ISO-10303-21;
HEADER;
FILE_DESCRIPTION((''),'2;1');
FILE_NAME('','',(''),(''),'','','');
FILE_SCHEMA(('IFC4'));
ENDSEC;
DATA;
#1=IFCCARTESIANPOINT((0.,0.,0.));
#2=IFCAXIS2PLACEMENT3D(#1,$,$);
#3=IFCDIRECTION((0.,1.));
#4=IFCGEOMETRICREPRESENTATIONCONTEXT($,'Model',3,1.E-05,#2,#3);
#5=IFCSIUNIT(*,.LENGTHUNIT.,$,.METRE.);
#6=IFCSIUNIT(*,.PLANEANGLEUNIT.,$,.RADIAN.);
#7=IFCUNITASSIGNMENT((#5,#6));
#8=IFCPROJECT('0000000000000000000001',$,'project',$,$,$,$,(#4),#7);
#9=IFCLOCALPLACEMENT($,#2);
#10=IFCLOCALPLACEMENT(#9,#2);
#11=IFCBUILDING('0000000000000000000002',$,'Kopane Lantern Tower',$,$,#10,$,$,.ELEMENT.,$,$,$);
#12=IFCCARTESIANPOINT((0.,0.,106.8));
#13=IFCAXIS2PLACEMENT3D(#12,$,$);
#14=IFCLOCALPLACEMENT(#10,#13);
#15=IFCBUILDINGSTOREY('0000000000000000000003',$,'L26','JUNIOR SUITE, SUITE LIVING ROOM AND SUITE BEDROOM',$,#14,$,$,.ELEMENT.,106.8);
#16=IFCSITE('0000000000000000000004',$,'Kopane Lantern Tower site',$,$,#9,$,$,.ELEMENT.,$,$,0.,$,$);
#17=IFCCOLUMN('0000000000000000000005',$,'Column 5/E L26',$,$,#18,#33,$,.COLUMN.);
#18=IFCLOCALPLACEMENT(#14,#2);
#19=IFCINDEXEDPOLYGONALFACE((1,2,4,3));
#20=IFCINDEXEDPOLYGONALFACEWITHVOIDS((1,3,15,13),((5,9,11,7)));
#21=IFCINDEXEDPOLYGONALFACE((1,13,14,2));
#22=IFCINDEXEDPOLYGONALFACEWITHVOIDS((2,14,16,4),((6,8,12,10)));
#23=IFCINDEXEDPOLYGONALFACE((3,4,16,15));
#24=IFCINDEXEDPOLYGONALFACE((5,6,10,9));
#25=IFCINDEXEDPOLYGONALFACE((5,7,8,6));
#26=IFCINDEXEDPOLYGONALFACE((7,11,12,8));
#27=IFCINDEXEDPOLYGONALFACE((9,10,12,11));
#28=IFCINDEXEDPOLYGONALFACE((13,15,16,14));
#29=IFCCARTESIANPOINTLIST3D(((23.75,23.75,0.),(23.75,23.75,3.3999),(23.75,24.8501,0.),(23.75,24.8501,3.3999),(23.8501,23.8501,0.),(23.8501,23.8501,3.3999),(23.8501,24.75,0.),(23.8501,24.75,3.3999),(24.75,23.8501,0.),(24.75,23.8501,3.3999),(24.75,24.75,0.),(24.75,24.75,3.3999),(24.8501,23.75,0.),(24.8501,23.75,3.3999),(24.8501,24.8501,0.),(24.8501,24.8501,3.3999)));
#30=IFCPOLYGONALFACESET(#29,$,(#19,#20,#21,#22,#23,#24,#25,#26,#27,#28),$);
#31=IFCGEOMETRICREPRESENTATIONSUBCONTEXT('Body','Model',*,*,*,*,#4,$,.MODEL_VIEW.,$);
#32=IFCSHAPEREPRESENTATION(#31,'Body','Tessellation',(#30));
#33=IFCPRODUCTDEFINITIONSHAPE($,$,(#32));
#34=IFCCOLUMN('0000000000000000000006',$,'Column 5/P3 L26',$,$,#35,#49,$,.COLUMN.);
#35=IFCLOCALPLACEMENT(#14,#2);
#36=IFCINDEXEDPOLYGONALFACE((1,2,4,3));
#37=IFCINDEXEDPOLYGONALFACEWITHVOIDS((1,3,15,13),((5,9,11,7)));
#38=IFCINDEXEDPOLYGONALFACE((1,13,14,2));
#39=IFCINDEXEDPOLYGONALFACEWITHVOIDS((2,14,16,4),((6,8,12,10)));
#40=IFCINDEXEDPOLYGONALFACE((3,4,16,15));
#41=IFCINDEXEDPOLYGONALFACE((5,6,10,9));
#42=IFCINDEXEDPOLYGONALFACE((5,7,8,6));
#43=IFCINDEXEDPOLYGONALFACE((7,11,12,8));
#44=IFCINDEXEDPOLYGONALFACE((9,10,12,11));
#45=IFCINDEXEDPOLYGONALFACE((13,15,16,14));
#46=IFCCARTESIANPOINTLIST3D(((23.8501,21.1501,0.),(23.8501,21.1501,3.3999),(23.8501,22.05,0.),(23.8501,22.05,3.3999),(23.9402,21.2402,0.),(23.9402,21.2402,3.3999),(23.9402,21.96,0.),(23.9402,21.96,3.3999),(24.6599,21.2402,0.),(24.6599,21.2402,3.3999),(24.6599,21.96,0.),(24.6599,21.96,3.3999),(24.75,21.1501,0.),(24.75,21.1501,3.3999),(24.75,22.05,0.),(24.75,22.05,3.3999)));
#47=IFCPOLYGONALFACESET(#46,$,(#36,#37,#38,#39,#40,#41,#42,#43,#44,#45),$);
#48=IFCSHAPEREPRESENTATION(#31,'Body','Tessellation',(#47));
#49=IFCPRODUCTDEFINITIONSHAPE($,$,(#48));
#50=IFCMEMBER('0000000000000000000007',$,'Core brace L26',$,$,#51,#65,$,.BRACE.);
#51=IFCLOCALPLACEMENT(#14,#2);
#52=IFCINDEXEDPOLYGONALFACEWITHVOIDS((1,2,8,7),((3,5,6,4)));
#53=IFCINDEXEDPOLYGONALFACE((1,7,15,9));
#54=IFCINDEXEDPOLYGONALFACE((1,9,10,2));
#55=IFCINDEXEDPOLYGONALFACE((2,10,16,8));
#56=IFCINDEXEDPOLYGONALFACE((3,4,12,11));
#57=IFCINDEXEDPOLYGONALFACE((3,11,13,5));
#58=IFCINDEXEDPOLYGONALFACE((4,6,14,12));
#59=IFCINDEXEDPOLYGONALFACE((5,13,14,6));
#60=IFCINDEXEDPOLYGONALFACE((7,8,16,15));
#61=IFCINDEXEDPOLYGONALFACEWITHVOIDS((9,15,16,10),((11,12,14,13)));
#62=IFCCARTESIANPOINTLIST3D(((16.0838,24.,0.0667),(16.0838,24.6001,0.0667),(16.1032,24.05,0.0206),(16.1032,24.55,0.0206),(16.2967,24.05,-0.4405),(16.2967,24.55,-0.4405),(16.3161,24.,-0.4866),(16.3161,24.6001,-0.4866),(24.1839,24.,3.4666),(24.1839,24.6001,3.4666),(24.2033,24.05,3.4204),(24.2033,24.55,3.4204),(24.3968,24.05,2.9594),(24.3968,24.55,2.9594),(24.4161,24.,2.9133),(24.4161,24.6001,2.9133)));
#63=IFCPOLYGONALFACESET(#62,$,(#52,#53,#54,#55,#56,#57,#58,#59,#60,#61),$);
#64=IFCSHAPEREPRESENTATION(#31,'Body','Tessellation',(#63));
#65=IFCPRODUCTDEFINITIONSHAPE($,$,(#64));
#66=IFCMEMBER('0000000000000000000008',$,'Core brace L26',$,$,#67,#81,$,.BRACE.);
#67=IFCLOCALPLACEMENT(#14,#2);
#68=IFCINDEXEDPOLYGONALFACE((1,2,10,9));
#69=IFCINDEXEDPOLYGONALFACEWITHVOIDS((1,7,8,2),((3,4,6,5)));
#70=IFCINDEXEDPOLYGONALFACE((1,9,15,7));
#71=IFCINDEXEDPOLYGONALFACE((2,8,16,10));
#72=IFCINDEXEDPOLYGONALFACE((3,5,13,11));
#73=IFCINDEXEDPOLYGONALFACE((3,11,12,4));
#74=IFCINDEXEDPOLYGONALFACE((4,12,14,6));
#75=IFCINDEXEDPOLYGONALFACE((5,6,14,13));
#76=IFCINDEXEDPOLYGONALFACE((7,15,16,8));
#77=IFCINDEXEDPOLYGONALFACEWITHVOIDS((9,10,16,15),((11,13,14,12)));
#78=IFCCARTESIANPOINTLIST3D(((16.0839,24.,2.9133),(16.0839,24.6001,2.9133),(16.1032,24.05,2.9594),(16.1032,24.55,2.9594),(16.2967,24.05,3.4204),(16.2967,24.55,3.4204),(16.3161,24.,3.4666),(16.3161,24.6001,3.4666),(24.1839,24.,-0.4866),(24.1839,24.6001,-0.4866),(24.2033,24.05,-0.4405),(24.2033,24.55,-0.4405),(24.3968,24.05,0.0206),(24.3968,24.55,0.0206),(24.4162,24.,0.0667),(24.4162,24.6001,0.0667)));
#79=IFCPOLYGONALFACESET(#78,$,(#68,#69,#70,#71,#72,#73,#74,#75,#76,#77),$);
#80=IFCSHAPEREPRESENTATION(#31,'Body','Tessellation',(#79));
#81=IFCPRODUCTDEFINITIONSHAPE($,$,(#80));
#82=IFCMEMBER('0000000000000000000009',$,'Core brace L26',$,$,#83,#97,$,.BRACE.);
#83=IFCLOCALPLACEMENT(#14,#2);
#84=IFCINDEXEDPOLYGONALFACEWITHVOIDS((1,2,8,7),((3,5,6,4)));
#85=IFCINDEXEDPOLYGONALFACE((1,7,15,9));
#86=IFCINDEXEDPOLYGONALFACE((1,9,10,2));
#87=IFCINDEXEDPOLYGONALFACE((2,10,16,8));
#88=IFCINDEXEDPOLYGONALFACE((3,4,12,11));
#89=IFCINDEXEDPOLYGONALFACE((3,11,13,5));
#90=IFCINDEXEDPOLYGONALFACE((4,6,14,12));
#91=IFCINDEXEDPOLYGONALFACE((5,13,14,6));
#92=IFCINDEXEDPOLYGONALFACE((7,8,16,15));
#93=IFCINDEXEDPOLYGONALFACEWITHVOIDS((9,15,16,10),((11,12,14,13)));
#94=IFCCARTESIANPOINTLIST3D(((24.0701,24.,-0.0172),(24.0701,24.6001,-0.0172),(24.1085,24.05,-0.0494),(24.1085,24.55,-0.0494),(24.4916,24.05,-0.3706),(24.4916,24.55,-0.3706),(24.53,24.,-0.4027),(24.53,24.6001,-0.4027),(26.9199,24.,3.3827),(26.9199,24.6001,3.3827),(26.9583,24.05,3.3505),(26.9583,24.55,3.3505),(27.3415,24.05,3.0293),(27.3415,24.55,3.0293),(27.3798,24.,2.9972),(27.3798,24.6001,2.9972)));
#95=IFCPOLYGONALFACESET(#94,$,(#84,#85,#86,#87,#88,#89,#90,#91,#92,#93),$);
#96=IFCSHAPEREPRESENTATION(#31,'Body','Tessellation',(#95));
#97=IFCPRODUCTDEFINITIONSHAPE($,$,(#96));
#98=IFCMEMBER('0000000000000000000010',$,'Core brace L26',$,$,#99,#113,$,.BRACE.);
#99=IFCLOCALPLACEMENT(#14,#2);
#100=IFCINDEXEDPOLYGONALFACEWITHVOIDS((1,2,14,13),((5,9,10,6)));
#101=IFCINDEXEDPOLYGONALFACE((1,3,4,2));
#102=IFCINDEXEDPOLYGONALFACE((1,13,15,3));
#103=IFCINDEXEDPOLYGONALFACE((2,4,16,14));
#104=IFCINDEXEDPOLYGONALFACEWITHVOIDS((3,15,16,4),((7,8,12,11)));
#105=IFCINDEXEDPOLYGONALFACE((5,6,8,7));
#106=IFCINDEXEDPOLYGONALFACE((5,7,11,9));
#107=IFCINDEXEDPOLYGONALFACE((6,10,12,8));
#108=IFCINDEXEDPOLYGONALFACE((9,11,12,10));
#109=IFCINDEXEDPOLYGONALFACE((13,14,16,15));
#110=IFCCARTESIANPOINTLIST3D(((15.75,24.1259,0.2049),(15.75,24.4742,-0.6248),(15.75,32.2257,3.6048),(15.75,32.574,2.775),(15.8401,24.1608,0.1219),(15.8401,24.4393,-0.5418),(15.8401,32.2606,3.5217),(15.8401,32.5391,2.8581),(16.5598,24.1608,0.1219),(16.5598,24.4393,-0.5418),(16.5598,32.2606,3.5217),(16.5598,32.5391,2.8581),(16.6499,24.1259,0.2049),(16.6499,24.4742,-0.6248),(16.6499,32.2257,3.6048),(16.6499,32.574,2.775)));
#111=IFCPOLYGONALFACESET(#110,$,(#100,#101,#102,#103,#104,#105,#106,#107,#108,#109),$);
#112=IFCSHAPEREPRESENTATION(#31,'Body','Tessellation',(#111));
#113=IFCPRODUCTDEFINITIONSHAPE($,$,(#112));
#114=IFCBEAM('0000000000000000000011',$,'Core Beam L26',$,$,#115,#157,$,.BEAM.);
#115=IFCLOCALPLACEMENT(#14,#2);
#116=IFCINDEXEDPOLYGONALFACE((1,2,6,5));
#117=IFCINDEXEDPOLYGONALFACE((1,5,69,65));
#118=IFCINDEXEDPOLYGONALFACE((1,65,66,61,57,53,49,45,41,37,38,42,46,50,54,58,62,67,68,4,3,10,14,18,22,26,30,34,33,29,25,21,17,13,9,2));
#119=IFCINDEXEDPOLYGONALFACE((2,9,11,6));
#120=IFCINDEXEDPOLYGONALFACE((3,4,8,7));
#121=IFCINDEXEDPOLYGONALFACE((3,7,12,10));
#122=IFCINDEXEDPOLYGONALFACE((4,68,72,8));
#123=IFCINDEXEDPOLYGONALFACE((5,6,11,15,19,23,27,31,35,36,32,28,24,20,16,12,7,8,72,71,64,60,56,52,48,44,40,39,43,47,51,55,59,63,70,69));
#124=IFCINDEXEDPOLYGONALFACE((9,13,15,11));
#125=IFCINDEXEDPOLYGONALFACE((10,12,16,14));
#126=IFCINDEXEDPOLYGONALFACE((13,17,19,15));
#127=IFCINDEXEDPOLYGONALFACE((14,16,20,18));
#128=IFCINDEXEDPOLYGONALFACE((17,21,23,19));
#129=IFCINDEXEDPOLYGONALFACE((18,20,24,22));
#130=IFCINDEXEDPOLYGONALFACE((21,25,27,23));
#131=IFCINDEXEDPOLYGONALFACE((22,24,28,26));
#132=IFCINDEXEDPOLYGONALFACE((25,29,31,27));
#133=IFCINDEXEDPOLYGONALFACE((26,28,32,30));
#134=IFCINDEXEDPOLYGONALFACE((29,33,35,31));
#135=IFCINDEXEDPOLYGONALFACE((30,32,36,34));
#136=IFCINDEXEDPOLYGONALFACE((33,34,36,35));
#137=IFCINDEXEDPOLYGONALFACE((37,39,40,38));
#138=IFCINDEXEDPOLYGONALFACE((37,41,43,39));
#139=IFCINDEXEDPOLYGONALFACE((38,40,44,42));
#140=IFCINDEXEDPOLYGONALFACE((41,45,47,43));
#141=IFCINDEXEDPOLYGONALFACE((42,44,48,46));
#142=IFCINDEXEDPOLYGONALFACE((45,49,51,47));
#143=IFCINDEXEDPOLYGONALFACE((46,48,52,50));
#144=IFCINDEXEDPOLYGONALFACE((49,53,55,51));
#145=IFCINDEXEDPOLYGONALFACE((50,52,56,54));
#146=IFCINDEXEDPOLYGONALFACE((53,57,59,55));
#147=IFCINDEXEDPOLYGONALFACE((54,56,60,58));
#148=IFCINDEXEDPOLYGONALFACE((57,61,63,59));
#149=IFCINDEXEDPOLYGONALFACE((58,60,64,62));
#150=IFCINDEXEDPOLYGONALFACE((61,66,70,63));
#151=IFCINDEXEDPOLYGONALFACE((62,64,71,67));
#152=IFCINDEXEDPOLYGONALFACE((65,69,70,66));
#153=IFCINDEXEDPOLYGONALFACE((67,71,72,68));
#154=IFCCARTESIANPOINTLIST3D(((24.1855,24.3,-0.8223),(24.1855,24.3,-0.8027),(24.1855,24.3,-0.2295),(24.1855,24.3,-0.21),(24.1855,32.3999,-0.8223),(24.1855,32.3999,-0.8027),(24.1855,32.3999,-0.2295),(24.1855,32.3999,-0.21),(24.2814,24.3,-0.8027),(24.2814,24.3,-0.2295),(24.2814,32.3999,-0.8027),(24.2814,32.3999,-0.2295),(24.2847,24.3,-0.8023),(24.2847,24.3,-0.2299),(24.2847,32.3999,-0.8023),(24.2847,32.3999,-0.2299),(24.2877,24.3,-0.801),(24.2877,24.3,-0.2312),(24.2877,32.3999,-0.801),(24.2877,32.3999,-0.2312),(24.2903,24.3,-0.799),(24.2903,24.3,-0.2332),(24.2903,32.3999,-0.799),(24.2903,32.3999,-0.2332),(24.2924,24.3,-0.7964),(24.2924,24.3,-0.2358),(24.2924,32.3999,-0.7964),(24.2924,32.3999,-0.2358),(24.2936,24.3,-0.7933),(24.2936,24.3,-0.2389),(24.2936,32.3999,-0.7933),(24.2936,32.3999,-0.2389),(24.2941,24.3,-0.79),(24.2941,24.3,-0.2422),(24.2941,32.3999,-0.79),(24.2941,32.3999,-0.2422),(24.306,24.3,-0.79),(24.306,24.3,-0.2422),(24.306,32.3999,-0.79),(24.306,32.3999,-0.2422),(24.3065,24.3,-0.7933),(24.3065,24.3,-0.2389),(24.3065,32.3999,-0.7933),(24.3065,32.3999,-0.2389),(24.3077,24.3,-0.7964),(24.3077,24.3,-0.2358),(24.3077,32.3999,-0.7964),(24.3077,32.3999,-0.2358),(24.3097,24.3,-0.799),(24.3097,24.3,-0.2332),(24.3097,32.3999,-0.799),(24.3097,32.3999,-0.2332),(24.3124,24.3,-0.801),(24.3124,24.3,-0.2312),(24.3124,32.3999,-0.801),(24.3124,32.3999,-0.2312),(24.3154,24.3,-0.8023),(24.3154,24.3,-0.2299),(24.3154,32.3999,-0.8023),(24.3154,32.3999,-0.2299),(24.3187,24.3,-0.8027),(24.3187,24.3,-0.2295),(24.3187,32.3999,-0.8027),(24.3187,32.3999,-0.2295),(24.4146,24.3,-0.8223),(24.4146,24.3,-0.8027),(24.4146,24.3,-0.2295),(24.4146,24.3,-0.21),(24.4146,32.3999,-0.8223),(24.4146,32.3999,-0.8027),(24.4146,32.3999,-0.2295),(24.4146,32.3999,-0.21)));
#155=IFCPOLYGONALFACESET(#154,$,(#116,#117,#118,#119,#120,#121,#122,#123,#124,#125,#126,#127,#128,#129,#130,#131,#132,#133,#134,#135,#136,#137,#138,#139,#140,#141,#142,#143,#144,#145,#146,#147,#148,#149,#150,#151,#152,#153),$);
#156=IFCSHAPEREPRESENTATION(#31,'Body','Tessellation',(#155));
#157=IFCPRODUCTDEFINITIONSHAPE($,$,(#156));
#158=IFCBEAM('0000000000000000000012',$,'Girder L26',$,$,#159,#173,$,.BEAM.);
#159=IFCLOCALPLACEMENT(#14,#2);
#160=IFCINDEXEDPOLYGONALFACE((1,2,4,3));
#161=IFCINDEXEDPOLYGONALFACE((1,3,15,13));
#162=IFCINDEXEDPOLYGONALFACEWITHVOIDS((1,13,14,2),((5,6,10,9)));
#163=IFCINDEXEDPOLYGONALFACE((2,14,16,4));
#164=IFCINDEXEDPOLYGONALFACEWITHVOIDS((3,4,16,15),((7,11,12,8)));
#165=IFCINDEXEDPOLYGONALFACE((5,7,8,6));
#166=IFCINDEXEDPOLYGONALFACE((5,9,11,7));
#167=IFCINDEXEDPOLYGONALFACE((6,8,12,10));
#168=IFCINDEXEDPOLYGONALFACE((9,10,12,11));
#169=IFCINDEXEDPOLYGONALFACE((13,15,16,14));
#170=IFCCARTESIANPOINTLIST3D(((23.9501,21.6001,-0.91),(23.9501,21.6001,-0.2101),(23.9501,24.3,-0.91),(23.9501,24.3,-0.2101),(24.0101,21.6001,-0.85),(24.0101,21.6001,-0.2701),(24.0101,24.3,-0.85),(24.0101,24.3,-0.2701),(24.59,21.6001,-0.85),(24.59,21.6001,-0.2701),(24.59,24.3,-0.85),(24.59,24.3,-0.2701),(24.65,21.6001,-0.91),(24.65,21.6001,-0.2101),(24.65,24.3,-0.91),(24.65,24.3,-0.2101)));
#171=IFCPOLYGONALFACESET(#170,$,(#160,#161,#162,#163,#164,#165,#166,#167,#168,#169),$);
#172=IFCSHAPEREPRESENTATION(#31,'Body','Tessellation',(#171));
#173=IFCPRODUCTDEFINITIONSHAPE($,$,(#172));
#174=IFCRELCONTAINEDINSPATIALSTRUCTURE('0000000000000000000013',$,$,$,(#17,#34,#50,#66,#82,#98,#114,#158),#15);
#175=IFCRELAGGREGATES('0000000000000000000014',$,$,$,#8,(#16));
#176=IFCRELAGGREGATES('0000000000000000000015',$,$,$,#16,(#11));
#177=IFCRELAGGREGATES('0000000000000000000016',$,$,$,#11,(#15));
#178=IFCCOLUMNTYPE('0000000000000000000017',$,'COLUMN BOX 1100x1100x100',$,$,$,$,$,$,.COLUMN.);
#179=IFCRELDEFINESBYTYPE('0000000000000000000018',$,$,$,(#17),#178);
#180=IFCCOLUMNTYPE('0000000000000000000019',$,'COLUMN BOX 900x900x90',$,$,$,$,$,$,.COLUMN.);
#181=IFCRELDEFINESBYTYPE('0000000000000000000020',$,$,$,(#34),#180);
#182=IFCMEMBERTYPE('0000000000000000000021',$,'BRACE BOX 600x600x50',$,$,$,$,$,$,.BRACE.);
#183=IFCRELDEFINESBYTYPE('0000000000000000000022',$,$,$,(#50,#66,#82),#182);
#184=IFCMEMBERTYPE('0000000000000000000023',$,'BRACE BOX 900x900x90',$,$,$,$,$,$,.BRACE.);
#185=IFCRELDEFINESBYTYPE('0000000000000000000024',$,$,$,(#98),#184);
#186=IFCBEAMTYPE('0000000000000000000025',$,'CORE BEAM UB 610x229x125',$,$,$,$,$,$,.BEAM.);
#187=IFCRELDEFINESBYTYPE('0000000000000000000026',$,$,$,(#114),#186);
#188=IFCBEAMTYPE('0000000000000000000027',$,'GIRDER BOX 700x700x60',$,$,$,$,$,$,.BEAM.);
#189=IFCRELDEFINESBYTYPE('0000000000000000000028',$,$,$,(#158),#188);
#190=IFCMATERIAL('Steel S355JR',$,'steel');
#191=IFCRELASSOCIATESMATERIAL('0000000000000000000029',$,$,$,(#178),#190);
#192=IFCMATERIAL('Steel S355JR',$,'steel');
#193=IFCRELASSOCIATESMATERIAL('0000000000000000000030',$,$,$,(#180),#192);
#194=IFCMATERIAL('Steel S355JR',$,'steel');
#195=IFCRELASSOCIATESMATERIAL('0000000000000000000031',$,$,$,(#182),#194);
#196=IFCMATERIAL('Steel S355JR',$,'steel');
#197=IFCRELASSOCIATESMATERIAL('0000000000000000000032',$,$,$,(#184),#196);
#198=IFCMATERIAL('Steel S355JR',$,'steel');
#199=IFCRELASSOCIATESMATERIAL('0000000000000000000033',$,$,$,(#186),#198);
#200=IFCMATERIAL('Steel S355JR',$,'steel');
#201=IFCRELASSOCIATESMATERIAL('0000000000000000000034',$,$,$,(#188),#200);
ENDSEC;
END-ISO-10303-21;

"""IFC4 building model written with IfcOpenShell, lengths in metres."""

from ifc_helpers import new_model, si_unit, direction, frame, origin, origin_2d, place, context, subcontext, project, spatial, hollow_rectangle, i_section, extrude, material, material_profile, profile_set, type_object, element, save


model = new_model("IFC4")

# Units and contexts
model_context = context("Model", 3, precision=1e-05, world=origin(), true_north=direction((0.0, 1.0)))
body_context = subcontext(model_context, "Body", "Model", "MODEL_VIEW")
ifc_project = project(units=[si_unit("LENGTHUNIT", "METRE"), si_unit("PLANEANGLEUNIT", "RADIAN")], contexts=[model_context])

# Site, building, storey
site_placement = place(None, origin())
site = spatial("IfcSite", under=ifc_project, at=site_placement, Name="Kopane Lantern Tower site", CompositionType="ELEMENT", RefElevation=0.0)
building_placement = place(site_placement, origin())
building = spatial("IfcBuilding", under=site, at=building_placement, Name="Kopane Lantern Tower", CompositionType="ELEMENT")
storey_placement = place(building_placement, frame((0.0, 0.0, 106.8)))
storey = spatial("IfcBuildingStorey", under=building, at=storey_placement, Name="L26", Description="JUNIOR SUITE, SUITE LIVING ROOM AND SUITE BEDROOM", CompositionType="ELEMENT", Elevation=106.8)

# Columns
ifc_material_1 = material(Name="Steel S355JR", Category="steel")
ifc_material_profile_1 = material_profile(ifc_material_1, hollow_rectangle(XDim=1.1001, YDim=1.1001, WallThickness=0.1001, at=origin_2d()), Name="BOX 1100x1100x100")
ifc_profile_set_1 = profile_set([ifc_material_profile_1], Name="Steel S355JR")
column_type_1 = type_object("IfcColumnType", Name="COLUMN BOX 1100x1100x100", PredefinedType="COLUMN", material=ifc_profile_set_1)
column_1_placement = place(storey_placement, frame((24.3, 24.3, 0.0), z_axis=(0.0, 0.0, 1.0), x_axis=(1.0, 0.0, 0.0)))
element("IfcColumn", 1, at=column_1_placement, inside=storey, type_object=column_type_1, Name="Column 5/E L26", PredefinedType="COLUMN", context=body_context, shape_type="SweptSolid", body=[
    extrude(hollow_rectangle(XDim=1.1001, YDim=1.1001, WallThickness=0.1001, at=origin_2d()), origin(), (0.0, 0.0, 1.0), 3.3999),
])
ifc_material_2 = material(Name="Steel S355JR", Category="steel")
ifc_material_profile_2 = material_profile(ifc_material_2, hollow_rectangle(XDim=0.8999, YDim=0.8999, WallThickness=0.0901, at=origin_2d()), Name="BOX 900x900x90")
ifc_profile_set_2 = profile_set([ifc_material_profile_2], Name="Steel S355JR")
column_type_2 = type_object("IfcColumnType", Name="COLUMN BOX 900x900x90", PredefinedType="COLUMN", material=ifc_profile_set_2)
column_2_placement = place(storey_placement, frame((24.3, 21.6001, 0.0), z_axis=(0.0, 0.0, 1.0), x_axis=(1.0, 0.0, 0.0)))
element("IfcColumn", 2, at=column_2_placement, inside=storey, type_object=column_type_2, Name="Column 5/P3 L26", PredefinedType="COLUMN", context=body_context, shape_type="SweptSolid", body=[
    extrude(hollow_rectangle(XDim=0.8999, YDim=0.8999, WallThickness=0.0901, at=origin_2d()), origin(), (0.0, 0.0, 1.0), 3.3999),
])

# Members
ifc_material_3 = material(Name="Steel S355JR", Category="steel")
ifc_material_profile_3 = material_profile(ifc_material_3, hollow_rectangle(XDim=0.6001, YDim=0.6001, WallThickness=0.05, at=origin_2d()), Name="BOX 600x600x50")
ifc_profile_set_3 = profile_set([ifc_material_profile_3], Name="Steel S355JR")
member_type_1 = type_object("IfcMemberType", Name="BRACE BOX 600x600x50", PredefinedType="BRACE", material=ifc_profile_set_3)
for number, where, z_axis, x_axis, name in (
    (3, (16.2, 24.3, -0.21), (0.922069, 0.0, 0.387026), (0.0, 1.0, 0.0), "Core brace L26"),
    (4, (24.3, 24.3, -0.21), (-0.922069, 0.0, 0.387026), (0.0, -1.0, 0.0), "Core brace L26"),
):
    element("IfcMember", number, at=place(storey_placement, frame(where, z_axis=z_axis, x_axis=x_axis)), inside=storey, type_object=member_type_1, Name=name, PredefinedType="BRACE", context=body_context, shape_type="SweptSolid", body=[
        extrude(hollow_rectangle(XDim=0.6001, YDim=0.6001, WallThickness=0.05, at=origin_2d()), origin(), (0.0, 0.0, 1.0), 8.7847),
    ])
member_1_placement = place(storey_placement, frame((24.3, 24.3, -0.21), z_axis=(0.64239, 0.0, 0.766378), x_axis=(0.0, 1.0, 0.0)))
element("IfcMember", 5, at=member_1_placement, inside=storey, type_object=member_type_1, Name="Core brace L26", PredefinedType="BRACE", context=body_context, shape_type="SweptSolid", body=[
    extrude(hollow_rectangle(XDim=0.6001, YDim=0.6001, WallThickness=0.05, at=origin_2d()), origin(), (0.0, 0.0, 1.0), 4.4363),
])
ifc_material_4 = material(Name="Steel S355JR", Category="steel")
ifc_material_profile_4 = material_profile(ifc_material_4, hollow_rectangle(XDim=0.8999, YDim=0.8999, WallThickness=0.0901, at=origin_2d()), Name="BOX 900x900x90")
ifc_profile_set_4 = profile_set([ifc_material_profile_4], Name="Steel S355JR")
member_type_2 = type_object("IfcMemberType", Name="BRACE BOX 900x900x90", PredefinedType="BRACE", material=ifc_profile_set_4)
member_2_placement = place(storey_placement, frame((16.2, 24.3, -0.21), z_axis=(0.0, 0.922065, 0.387035), x_axis=(-1.0, 0.0, 0.0)))
element("IfcMember", 6, at=member_2_placement, inside=storey, type_object=member_type_2, Name="Core brace L26", PredefinedType="BRACE", context=body_context, shape_type="SweptSolid", body=[
    extrude(hollow_rectangle(XDim=0.8999, YDim=0.8999, WallThickness=0.0901, at=origin_2d()), origin(), (0.0, 0.0, 1.0), 8.7844),
])

# Beams
ifc_material_5 = material(Name="Steel S355JR", Category="steel")
ifc_material_profile_5 = material_profile(ifc_material_5, i_section(OverallWidth=0.229, OverallDepth=0.6123, WebThickness=0.012, FlangeThickness=0.0195, FilletRadius=0.0127, at=origin_2d()), Name="UB 610x229x125")
ifc_profile_set_5 = profile_set([ifc_material_profile_5], Name="Steel S355JR")
beam_type_1 = type_object("IfcBeamType", Name="CORE BEAM UB 610x229x125", PredefinedType="BEAM", material=ifc_profile_set_5)
beam_1_placement = place(storey_placement, frame((24.3, 24.3, -0.5161), z_axis=(0.0, 1.0, 0.0), x_axis=(-1.0, 0.0, 0.0)))
element("IfcBeam", 7, at=beam_1_placement, inside=storey, type_object=beam_type_1, Name="Core Beam L26", PredefinedType="BEAM", context=body_context, shape_type="SweptSolid", body=[
    extrude(i_section(OverallWidth=0.229, OverallDepth=0.6123, WebThickness=0.012, FlangeThickness=0.0195, FilletRadius=0.0127, at=origin_2d()), origin(), (0.0, 0.0, 1.0), 8.0999),
])
ifc_material_6 = material(Name="Steel S355JR", Category="steel")
ifc_material_profile_6 = material_profile(ifc_material_6, hollow_rectangle(XDim=0.7, YDim=0.7, WallThickness=0.0601, at=origin_2d()), Name="BOX 700x700x60")
ifc_profile_set_6 = profile_set([ifc_material_profile_6], Name="Steel S355JR")
beam_type_2 = type_object("IfcBeamType", Name="GIRDER BOX 700x700x60", PredefinedType="BEAM", material=ifc_profile_set_6)
beam_2_placement = place(storey_placement, frame((24.3, 21.6001, -0.5601), z_axis=(0.0, 1.0, 0.0), x_axis=(-1.0, 0.0, 0.0)))
element("IfcBeam", 8, at=beam_2_placement, inside=storey, type_object=beam_type_2, Name="Girder L26", PredefinedType="BEAM", context=body_context, shape_type="SweptSolid", body=[
    extrude(hollow_rectangle(XDim=0.7, YDim=0.7, WallThickness=0.0601, at=origin_2d()), origin(), (0.0, 0.0, 1.0), 2.7),
])

save(model, "model.ifc")
